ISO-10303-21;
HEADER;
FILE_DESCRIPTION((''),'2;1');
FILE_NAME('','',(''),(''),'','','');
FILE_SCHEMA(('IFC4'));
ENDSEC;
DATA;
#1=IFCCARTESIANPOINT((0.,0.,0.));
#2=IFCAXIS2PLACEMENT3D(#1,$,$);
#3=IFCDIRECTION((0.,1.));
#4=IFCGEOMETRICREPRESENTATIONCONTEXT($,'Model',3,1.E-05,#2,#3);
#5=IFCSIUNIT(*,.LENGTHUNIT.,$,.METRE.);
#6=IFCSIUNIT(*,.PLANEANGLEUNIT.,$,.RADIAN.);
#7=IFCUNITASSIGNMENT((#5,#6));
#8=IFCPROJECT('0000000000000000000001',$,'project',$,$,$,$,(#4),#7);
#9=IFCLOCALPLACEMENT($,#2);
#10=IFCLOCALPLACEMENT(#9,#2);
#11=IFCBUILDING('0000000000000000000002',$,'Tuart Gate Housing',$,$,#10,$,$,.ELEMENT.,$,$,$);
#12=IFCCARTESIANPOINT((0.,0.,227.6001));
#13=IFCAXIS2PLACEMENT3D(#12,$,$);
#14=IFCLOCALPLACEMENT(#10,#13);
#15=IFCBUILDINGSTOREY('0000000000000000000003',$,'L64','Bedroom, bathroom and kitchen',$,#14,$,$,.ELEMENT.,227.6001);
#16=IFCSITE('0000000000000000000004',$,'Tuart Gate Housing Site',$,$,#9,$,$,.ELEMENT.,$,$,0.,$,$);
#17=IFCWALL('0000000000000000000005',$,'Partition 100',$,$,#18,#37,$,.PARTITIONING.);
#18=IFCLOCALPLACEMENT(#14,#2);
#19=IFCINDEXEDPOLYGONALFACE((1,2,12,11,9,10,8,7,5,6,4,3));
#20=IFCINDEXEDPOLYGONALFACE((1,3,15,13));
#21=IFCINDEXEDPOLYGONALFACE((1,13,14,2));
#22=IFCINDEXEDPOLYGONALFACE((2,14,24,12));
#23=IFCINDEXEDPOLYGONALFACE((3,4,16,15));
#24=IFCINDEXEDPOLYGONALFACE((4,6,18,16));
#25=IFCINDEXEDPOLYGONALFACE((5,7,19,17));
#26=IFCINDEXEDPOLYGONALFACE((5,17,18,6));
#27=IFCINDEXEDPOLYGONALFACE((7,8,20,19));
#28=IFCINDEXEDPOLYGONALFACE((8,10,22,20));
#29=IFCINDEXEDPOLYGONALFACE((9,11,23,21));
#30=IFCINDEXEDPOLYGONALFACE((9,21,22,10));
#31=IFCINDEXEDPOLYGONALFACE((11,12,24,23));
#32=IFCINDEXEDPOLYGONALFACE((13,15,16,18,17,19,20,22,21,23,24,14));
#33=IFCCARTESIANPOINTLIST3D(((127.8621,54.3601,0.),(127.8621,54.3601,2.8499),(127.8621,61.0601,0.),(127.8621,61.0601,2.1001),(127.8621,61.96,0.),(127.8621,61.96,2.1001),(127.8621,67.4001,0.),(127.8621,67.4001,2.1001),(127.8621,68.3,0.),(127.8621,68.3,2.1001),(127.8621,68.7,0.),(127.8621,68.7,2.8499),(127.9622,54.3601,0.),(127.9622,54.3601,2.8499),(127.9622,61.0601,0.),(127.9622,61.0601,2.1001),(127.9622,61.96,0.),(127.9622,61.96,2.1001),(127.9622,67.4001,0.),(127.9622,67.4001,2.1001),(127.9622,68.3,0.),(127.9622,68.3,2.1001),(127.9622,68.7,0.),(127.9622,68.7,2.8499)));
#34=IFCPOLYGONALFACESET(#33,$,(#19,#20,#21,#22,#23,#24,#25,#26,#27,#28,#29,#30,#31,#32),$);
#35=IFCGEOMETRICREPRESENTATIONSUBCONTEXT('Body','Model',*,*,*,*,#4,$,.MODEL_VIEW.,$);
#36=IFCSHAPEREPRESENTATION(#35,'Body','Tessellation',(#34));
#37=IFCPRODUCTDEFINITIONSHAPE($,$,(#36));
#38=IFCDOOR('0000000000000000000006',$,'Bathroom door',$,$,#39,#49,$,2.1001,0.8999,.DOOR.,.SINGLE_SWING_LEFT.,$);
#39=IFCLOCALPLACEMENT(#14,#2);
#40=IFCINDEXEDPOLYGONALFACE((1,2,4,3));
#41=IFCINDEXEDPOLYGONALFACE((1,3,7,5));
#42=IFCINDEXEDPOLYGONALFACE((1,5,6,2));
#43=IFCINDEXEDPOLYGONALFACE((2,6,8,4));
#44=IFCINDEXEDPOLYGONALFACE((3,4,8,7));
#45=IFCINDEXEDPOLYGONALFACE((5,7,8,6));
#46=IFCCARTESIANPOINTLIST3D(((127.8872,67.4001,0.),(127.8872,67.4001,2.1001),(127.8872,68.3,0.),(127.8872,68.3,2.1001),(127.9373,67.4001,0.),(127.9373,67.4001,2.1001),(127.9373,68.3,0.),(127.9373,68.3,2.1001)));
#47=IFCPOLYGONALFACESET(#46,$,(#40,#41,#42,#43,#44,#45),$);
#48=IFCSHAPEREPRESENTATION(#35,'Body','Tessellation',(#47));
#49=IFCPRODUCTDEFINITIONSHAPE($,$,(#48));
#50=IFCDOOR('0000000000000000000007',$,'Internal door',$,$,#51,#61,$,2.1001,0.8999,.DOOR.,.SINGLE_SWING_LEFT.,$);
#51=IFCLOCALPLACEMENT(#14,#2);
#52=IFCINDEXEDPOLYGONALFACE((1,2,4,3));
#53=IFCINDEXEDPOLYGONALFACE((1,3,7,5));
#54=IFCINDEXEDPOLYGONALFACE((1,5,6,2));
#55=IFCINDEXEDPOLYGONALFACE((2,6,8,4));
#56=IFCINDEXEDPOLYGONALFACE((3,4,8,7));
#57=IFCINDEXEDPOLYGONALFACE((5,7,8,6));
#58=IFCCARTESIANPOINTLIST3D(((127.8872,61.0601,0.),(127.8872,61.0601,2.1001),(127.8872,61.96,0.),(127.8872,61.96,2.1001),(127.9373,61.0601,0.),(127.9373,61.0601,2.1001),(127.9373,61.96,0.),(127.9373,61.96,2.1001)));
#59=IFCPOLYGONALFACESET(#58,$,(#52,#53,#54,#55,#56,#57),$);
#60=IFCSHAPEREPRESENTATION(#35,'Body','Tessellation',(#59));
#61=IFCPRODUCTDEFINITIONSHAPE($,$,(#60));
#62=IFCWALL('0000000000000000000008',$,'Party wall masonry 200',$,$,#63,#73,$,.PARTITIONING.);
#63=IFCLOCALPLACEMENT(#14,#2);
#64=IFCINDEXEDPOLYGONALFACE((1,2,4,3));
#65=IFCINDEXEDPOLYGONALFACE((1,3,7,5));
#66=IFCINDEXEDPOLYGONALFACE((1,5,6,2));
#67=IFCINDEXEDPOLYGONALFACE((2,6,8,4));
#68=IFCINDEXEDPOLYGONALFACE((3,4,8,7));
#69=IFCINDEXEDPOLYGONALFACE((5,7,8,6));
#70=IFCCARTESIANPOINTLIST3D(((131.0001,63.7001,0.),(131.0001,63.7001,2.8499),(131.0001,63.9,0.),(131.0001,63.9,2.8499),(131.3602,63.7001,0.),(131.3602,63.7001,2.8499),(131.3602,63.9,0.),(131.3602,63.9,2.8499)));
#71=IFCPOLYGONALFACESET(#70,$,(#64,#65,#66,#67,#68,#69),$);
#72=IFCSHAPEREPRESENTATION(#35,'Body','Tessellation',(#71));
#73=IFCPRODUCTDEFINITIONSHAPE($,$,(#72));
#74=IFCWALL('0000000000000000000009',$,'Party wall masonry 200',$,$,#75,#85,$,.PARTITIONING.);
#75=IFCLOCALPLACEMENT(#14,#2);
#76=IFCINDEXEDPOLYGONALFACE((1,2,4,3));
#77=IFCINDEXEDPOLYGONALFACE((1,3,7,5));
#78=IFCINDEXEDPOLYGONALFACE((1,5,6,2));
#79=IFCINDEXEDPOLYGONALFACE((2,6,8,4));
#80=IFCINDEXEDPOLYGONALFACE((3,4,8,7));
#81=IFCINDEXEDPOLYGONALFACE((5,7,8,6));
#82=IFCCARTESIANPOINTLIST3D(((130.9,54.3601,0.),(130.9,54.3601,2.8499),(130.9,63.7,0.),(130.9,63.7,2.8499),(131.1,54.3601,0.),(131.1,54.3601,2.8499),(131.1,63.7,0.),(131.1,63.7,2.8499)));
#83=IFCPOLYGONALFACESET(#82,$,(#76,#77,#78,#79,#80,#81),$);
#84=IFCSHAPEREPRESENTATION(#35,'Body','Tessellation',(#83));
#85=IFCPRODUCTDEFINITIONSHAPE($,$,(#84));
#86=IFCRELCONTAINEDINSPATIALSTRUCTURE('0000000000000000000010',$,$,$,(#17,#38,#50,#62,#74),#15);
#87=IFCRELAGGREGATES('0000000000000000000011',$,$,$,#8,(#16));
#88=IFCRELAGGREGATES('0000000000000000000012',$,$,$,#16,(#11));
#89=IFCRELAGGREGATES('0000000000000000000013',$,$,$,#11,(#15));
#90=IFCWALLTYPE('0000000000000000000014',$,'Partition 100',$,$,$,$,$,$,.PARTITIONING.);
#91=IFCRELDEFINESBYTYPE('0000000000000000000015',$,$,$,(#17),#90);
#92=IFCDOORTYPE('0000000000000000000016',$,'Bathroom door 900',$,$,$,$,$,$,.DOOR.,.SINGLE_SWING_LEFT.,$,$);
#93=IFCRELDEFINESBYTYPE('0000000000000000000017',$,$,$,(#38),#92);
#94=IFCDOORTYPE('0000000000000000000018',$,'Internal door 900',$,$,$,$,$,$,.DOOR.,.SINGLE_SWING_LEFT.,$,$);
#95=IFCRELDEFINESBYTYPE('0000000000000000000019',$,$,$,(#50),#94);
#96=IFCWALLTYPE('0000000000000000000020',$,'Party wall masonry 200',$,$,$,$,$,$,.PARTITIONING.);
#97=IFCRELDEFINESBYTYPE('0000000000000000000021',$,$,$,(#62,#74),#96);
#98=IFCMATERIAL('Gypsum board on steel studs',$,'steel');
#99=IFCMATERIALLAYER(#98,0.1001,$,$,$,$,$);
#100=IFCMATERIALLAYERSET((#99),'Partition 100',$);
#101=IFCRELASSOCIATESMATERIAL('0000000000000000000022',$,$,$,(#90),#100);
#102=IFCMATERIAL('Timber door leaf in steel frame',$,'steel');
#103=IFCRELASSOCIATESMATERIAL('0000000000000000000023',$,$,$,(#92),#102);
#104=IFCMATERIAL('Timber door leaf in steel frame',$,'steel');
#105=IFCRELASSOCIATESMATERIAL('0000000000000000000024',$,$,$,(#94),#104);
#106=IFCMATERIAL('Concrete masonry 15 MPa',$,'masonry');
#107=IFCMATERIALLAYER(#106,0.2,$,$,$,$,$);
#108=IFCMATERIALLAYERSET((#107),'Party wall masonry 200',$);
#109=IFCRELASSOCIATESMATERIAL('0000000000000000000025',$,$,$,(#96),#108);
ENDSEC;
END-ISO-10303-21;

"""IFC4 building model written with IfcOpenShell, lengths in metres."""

from ifc_helpers import new_model, si_unit, direction, frame, frame_2d, origin, place, context, subcontext, project, spatial, rectangle, extrude, material, layer, layer_set, type_object, element, fill, save


model = new_model("IFC4")

# Units and contexts
model_context = context("Model", 3, precision=1e-05, world=origin(), true_north=direction((0.0, 1.0)))
body_context = subcontext(model_context, "Body", "Model", "MODEL_VIEW")
ifc_project = project(units=[si_unit("LENGTHUNIT", "METRE"), si_unit("PLANEANGLEUNIT", "RADIAN")], contexts=[model_context])

# Site, building, storey
site_placement = place(None, origin())
site = spatial("IfcSite", under=ifc_project, at=site_placement, Name="Tuart Gate Housing Site", CompositionType="ELEMENT", RefElevation=0.0)
building_placement = place(site_placement, origin())
building = spatial("IfcBuilding", under=site, at=building_placement, Name="Tuart Gate Housing", CompositionType="ELEMENT")
storey_placement = place(building_placement, frame((0.0, 0.0, 227.6001)))
storey = spatial("IfcBuildingStorey", under=building, at=storey_placement, Name="L64", Description="Bedroom, bathroom and kitchen", CompositionType="ELEMENT", Elevation=227.6001)

# Shared definitions
ifc_material_1 = material(Name="Gypsum board on steel studs", Category="steel")
ifc_layer_1 = layer(ifc_material_1, 0.1001)
ifc_layer_set_1 = layer_set([ifc_layer_1], Name="Partition 100")
wall_type_1 = type_object("IfcWallType", Name="Partition 100", PredefinedType="PARTITIONING", material=ifc_layer_set_1)

# Wall, openings, doors
wall_1_placement = place(storey_placement, frame((127.9121, 54.3601, 0.0), z_axis=(0.0, 0.0, 1.0), x_axis=(0.0, 1.0, 0.0)))
wall_1 = element("IfcWall", 1, at=wall_1_placement, inside=storey, type_object=wall_type_1, Name="Partition 100", PredefinedType="PARTITIONING", context=body_context, shape_type="SweptSolid", body=[
    extrude(rectangle(XDim=14.3398, YDim=0.1001, at=frame_2d((7.1699, 0.0))), origin(), (0.0, 0.0, 1.0), 2.8499),
])
opening_1_placement = place(wall_1_placement, frame((6.7, 0.0, 0.0)))
opening_1 = element("IfcOpeningElement", 2, at=opening_1_placement, cuts=wall_1, PredefinedType="OPENING", context=body_context, shape_type="SweptSolid", body=[
    extrude(rectangle(XDim=0.8999, YDim=2.1001, at=frame_2d((0.45, 1.05))), frame((0.0, 0.0601, 0.0), z_axis=(0.0, -1.0, 0.0), x_axis=(1.0, 0.0, 0.0)), (0.0, 0.0, 1.0), 0.1201),
])
opening_2_placement = place(wall_1_placement, frame((13.04, 0.0, 0.0)))
opening_2 = element("IfcOpeningElement", 3, at=opening_2_placement, cuts=wall_1, PredefinedType="OPENING", context=body_context, shape_type="SweptSolid", body=[
    extrude(rectangle(XDim=0.8999, YDim=2.1001, at=frame_2d((0.45, 1.05))), frame((0.0, 0.0601, 0.0), z_axis=(0.0, -1.0, 0.0), x_axis=(1.0, 0.0, 0.0)), (0.0, 0.0, 1.0), 0.1201),
])
ifc_material_2 = material(Name="Timber door leaf in steel frame", Category="steel")
door_type_1 = type_object("IfcDoorType", Name="Bathroom door 900", OperationType="SINGLE_SWING_LEFT", PredefinedType="DOOR", material=ifc_material_2)
door_1_placement = place(opening_2_placement, frame((0.8999, 0.0, 0.0), z_axis=(0.0, 0.0, 1.0), x_axis=(-1.0, 0.0, 0.0)))
door_1 = element("IfcDoor", 4, at=door_1_placement, inside=storey, type_object=door_type_1, Name="Bathroom door", OperationType="SINGLE_SWING_LEFT", OverallHeight=2.1001, OverallWidth=0.8999, PredefinedType="DOOR", context=body_context, shape_type="SweptSolid", body=[
    extrude(rectangle(XDim=0.8999, YDim=2.1001, at=frame_2d((0.45, 1.05))), frame((0.0, 0.0251, 0.0), z_axis=(0.0, -1.0, 0.0), x_axis=(1.0, 0.0, 0.0)), (0.0, 0.0, 1.0), 0.05),
])
fill(opening_2, door_1)
ifc_material_3 = material(Name="Timber door leaf in steel frame", Category="steel")
door_type_2 = type_object("IfcDoorType", Name="Internal door 900", OperationType="SINGLE_SWING_LEFT", PredefinedType="DOOR", material=ifc_material_3)
door_2_placement = place(opening_1_placement, frame((0.8999, 0.0, 0.0), z_axis=(0.0, 0.0, 1.0), x_axis=(-1.0, 0.0, 0.0)))
door_2 = element("IfcDoor", 5, at=door_2_placement, inside=storey, type_object=door_type_2, Name="Internal door", OperationType="SINGLE_SWING_LEFT", OverallHeight=2.1001, OverallWidth=0.8999, PredefinedType="DOOR", context=body_context, shape_type="SweptSolid", body=[
    extrude(rectangle(XDim=0.8999, YDim=2.1001, at=frame_2d((0.45, 1.05))), frame((0.0, 0.0251, 0.0), z_axis=(0.0, -1.0, 0.0), x_axis=(1.0, 0.0, 0.0)), (0.0, 0.0, 1.0), 0.05),
])
fill(opening_1, door_2)

# Walls
ifc_material_4 = material(Name="Concrete masonry 15 MPa", Category="masonry")
ifc_layer_2 = layer(ifc_material_4, 0.2)
ifc_layer_set_2 = layer_set([ifc_layer_2], Name="Party wall masonry 200")
wall_type_2 = type_object("IfcWallType", Name="Party wall masonry 200", PredefinedType="PARTITIONING", material=ifc_layer_set_2)
wall_2_placement = place(storey_placement, frame((131.0, 63.8, 0.0), z_axis=(0.0, 0.0, 1.0), x_axis=(1.0, 0.0, 0.0)))
element("IfcWall", 6, at=wall_2_placement, inside=storey, type_object=wall_type_2, Name="Party wall masonry 200", PredefinedType="PARTITIONING", context=body_context, shape_type="SweptSolid", body=[
    extrude(rectangle(XDim=0.3601, YDim=0.2, at=frame_2d((0.1802, 0.0))), origin(), (0.0, 0.0, 1.0), 2.8499),
])
wall_3_placement = place(storey_placement, frame((131.0, 54.3601, 0.0), z_axis=(0.0, 0.0, 1.0), x_axis=(0.0, 1.0, 0.0)))
element("IfcWall", 7, at=wall_3_placement, inside=storey, type_object=wall_type_2, Name="Party wall masonry 200", PredefinedType="PARTITIONING", context=body_context, shape_type="SweptSolid", body=[
    extrude(rectangle(XDim=9.3398, YDim=0.2, at=frame_2d((4.6699, 0.0))), origin(), (0.0, 0.0, 1.0), 2.8499),
])

save(model, "model.ifc")
